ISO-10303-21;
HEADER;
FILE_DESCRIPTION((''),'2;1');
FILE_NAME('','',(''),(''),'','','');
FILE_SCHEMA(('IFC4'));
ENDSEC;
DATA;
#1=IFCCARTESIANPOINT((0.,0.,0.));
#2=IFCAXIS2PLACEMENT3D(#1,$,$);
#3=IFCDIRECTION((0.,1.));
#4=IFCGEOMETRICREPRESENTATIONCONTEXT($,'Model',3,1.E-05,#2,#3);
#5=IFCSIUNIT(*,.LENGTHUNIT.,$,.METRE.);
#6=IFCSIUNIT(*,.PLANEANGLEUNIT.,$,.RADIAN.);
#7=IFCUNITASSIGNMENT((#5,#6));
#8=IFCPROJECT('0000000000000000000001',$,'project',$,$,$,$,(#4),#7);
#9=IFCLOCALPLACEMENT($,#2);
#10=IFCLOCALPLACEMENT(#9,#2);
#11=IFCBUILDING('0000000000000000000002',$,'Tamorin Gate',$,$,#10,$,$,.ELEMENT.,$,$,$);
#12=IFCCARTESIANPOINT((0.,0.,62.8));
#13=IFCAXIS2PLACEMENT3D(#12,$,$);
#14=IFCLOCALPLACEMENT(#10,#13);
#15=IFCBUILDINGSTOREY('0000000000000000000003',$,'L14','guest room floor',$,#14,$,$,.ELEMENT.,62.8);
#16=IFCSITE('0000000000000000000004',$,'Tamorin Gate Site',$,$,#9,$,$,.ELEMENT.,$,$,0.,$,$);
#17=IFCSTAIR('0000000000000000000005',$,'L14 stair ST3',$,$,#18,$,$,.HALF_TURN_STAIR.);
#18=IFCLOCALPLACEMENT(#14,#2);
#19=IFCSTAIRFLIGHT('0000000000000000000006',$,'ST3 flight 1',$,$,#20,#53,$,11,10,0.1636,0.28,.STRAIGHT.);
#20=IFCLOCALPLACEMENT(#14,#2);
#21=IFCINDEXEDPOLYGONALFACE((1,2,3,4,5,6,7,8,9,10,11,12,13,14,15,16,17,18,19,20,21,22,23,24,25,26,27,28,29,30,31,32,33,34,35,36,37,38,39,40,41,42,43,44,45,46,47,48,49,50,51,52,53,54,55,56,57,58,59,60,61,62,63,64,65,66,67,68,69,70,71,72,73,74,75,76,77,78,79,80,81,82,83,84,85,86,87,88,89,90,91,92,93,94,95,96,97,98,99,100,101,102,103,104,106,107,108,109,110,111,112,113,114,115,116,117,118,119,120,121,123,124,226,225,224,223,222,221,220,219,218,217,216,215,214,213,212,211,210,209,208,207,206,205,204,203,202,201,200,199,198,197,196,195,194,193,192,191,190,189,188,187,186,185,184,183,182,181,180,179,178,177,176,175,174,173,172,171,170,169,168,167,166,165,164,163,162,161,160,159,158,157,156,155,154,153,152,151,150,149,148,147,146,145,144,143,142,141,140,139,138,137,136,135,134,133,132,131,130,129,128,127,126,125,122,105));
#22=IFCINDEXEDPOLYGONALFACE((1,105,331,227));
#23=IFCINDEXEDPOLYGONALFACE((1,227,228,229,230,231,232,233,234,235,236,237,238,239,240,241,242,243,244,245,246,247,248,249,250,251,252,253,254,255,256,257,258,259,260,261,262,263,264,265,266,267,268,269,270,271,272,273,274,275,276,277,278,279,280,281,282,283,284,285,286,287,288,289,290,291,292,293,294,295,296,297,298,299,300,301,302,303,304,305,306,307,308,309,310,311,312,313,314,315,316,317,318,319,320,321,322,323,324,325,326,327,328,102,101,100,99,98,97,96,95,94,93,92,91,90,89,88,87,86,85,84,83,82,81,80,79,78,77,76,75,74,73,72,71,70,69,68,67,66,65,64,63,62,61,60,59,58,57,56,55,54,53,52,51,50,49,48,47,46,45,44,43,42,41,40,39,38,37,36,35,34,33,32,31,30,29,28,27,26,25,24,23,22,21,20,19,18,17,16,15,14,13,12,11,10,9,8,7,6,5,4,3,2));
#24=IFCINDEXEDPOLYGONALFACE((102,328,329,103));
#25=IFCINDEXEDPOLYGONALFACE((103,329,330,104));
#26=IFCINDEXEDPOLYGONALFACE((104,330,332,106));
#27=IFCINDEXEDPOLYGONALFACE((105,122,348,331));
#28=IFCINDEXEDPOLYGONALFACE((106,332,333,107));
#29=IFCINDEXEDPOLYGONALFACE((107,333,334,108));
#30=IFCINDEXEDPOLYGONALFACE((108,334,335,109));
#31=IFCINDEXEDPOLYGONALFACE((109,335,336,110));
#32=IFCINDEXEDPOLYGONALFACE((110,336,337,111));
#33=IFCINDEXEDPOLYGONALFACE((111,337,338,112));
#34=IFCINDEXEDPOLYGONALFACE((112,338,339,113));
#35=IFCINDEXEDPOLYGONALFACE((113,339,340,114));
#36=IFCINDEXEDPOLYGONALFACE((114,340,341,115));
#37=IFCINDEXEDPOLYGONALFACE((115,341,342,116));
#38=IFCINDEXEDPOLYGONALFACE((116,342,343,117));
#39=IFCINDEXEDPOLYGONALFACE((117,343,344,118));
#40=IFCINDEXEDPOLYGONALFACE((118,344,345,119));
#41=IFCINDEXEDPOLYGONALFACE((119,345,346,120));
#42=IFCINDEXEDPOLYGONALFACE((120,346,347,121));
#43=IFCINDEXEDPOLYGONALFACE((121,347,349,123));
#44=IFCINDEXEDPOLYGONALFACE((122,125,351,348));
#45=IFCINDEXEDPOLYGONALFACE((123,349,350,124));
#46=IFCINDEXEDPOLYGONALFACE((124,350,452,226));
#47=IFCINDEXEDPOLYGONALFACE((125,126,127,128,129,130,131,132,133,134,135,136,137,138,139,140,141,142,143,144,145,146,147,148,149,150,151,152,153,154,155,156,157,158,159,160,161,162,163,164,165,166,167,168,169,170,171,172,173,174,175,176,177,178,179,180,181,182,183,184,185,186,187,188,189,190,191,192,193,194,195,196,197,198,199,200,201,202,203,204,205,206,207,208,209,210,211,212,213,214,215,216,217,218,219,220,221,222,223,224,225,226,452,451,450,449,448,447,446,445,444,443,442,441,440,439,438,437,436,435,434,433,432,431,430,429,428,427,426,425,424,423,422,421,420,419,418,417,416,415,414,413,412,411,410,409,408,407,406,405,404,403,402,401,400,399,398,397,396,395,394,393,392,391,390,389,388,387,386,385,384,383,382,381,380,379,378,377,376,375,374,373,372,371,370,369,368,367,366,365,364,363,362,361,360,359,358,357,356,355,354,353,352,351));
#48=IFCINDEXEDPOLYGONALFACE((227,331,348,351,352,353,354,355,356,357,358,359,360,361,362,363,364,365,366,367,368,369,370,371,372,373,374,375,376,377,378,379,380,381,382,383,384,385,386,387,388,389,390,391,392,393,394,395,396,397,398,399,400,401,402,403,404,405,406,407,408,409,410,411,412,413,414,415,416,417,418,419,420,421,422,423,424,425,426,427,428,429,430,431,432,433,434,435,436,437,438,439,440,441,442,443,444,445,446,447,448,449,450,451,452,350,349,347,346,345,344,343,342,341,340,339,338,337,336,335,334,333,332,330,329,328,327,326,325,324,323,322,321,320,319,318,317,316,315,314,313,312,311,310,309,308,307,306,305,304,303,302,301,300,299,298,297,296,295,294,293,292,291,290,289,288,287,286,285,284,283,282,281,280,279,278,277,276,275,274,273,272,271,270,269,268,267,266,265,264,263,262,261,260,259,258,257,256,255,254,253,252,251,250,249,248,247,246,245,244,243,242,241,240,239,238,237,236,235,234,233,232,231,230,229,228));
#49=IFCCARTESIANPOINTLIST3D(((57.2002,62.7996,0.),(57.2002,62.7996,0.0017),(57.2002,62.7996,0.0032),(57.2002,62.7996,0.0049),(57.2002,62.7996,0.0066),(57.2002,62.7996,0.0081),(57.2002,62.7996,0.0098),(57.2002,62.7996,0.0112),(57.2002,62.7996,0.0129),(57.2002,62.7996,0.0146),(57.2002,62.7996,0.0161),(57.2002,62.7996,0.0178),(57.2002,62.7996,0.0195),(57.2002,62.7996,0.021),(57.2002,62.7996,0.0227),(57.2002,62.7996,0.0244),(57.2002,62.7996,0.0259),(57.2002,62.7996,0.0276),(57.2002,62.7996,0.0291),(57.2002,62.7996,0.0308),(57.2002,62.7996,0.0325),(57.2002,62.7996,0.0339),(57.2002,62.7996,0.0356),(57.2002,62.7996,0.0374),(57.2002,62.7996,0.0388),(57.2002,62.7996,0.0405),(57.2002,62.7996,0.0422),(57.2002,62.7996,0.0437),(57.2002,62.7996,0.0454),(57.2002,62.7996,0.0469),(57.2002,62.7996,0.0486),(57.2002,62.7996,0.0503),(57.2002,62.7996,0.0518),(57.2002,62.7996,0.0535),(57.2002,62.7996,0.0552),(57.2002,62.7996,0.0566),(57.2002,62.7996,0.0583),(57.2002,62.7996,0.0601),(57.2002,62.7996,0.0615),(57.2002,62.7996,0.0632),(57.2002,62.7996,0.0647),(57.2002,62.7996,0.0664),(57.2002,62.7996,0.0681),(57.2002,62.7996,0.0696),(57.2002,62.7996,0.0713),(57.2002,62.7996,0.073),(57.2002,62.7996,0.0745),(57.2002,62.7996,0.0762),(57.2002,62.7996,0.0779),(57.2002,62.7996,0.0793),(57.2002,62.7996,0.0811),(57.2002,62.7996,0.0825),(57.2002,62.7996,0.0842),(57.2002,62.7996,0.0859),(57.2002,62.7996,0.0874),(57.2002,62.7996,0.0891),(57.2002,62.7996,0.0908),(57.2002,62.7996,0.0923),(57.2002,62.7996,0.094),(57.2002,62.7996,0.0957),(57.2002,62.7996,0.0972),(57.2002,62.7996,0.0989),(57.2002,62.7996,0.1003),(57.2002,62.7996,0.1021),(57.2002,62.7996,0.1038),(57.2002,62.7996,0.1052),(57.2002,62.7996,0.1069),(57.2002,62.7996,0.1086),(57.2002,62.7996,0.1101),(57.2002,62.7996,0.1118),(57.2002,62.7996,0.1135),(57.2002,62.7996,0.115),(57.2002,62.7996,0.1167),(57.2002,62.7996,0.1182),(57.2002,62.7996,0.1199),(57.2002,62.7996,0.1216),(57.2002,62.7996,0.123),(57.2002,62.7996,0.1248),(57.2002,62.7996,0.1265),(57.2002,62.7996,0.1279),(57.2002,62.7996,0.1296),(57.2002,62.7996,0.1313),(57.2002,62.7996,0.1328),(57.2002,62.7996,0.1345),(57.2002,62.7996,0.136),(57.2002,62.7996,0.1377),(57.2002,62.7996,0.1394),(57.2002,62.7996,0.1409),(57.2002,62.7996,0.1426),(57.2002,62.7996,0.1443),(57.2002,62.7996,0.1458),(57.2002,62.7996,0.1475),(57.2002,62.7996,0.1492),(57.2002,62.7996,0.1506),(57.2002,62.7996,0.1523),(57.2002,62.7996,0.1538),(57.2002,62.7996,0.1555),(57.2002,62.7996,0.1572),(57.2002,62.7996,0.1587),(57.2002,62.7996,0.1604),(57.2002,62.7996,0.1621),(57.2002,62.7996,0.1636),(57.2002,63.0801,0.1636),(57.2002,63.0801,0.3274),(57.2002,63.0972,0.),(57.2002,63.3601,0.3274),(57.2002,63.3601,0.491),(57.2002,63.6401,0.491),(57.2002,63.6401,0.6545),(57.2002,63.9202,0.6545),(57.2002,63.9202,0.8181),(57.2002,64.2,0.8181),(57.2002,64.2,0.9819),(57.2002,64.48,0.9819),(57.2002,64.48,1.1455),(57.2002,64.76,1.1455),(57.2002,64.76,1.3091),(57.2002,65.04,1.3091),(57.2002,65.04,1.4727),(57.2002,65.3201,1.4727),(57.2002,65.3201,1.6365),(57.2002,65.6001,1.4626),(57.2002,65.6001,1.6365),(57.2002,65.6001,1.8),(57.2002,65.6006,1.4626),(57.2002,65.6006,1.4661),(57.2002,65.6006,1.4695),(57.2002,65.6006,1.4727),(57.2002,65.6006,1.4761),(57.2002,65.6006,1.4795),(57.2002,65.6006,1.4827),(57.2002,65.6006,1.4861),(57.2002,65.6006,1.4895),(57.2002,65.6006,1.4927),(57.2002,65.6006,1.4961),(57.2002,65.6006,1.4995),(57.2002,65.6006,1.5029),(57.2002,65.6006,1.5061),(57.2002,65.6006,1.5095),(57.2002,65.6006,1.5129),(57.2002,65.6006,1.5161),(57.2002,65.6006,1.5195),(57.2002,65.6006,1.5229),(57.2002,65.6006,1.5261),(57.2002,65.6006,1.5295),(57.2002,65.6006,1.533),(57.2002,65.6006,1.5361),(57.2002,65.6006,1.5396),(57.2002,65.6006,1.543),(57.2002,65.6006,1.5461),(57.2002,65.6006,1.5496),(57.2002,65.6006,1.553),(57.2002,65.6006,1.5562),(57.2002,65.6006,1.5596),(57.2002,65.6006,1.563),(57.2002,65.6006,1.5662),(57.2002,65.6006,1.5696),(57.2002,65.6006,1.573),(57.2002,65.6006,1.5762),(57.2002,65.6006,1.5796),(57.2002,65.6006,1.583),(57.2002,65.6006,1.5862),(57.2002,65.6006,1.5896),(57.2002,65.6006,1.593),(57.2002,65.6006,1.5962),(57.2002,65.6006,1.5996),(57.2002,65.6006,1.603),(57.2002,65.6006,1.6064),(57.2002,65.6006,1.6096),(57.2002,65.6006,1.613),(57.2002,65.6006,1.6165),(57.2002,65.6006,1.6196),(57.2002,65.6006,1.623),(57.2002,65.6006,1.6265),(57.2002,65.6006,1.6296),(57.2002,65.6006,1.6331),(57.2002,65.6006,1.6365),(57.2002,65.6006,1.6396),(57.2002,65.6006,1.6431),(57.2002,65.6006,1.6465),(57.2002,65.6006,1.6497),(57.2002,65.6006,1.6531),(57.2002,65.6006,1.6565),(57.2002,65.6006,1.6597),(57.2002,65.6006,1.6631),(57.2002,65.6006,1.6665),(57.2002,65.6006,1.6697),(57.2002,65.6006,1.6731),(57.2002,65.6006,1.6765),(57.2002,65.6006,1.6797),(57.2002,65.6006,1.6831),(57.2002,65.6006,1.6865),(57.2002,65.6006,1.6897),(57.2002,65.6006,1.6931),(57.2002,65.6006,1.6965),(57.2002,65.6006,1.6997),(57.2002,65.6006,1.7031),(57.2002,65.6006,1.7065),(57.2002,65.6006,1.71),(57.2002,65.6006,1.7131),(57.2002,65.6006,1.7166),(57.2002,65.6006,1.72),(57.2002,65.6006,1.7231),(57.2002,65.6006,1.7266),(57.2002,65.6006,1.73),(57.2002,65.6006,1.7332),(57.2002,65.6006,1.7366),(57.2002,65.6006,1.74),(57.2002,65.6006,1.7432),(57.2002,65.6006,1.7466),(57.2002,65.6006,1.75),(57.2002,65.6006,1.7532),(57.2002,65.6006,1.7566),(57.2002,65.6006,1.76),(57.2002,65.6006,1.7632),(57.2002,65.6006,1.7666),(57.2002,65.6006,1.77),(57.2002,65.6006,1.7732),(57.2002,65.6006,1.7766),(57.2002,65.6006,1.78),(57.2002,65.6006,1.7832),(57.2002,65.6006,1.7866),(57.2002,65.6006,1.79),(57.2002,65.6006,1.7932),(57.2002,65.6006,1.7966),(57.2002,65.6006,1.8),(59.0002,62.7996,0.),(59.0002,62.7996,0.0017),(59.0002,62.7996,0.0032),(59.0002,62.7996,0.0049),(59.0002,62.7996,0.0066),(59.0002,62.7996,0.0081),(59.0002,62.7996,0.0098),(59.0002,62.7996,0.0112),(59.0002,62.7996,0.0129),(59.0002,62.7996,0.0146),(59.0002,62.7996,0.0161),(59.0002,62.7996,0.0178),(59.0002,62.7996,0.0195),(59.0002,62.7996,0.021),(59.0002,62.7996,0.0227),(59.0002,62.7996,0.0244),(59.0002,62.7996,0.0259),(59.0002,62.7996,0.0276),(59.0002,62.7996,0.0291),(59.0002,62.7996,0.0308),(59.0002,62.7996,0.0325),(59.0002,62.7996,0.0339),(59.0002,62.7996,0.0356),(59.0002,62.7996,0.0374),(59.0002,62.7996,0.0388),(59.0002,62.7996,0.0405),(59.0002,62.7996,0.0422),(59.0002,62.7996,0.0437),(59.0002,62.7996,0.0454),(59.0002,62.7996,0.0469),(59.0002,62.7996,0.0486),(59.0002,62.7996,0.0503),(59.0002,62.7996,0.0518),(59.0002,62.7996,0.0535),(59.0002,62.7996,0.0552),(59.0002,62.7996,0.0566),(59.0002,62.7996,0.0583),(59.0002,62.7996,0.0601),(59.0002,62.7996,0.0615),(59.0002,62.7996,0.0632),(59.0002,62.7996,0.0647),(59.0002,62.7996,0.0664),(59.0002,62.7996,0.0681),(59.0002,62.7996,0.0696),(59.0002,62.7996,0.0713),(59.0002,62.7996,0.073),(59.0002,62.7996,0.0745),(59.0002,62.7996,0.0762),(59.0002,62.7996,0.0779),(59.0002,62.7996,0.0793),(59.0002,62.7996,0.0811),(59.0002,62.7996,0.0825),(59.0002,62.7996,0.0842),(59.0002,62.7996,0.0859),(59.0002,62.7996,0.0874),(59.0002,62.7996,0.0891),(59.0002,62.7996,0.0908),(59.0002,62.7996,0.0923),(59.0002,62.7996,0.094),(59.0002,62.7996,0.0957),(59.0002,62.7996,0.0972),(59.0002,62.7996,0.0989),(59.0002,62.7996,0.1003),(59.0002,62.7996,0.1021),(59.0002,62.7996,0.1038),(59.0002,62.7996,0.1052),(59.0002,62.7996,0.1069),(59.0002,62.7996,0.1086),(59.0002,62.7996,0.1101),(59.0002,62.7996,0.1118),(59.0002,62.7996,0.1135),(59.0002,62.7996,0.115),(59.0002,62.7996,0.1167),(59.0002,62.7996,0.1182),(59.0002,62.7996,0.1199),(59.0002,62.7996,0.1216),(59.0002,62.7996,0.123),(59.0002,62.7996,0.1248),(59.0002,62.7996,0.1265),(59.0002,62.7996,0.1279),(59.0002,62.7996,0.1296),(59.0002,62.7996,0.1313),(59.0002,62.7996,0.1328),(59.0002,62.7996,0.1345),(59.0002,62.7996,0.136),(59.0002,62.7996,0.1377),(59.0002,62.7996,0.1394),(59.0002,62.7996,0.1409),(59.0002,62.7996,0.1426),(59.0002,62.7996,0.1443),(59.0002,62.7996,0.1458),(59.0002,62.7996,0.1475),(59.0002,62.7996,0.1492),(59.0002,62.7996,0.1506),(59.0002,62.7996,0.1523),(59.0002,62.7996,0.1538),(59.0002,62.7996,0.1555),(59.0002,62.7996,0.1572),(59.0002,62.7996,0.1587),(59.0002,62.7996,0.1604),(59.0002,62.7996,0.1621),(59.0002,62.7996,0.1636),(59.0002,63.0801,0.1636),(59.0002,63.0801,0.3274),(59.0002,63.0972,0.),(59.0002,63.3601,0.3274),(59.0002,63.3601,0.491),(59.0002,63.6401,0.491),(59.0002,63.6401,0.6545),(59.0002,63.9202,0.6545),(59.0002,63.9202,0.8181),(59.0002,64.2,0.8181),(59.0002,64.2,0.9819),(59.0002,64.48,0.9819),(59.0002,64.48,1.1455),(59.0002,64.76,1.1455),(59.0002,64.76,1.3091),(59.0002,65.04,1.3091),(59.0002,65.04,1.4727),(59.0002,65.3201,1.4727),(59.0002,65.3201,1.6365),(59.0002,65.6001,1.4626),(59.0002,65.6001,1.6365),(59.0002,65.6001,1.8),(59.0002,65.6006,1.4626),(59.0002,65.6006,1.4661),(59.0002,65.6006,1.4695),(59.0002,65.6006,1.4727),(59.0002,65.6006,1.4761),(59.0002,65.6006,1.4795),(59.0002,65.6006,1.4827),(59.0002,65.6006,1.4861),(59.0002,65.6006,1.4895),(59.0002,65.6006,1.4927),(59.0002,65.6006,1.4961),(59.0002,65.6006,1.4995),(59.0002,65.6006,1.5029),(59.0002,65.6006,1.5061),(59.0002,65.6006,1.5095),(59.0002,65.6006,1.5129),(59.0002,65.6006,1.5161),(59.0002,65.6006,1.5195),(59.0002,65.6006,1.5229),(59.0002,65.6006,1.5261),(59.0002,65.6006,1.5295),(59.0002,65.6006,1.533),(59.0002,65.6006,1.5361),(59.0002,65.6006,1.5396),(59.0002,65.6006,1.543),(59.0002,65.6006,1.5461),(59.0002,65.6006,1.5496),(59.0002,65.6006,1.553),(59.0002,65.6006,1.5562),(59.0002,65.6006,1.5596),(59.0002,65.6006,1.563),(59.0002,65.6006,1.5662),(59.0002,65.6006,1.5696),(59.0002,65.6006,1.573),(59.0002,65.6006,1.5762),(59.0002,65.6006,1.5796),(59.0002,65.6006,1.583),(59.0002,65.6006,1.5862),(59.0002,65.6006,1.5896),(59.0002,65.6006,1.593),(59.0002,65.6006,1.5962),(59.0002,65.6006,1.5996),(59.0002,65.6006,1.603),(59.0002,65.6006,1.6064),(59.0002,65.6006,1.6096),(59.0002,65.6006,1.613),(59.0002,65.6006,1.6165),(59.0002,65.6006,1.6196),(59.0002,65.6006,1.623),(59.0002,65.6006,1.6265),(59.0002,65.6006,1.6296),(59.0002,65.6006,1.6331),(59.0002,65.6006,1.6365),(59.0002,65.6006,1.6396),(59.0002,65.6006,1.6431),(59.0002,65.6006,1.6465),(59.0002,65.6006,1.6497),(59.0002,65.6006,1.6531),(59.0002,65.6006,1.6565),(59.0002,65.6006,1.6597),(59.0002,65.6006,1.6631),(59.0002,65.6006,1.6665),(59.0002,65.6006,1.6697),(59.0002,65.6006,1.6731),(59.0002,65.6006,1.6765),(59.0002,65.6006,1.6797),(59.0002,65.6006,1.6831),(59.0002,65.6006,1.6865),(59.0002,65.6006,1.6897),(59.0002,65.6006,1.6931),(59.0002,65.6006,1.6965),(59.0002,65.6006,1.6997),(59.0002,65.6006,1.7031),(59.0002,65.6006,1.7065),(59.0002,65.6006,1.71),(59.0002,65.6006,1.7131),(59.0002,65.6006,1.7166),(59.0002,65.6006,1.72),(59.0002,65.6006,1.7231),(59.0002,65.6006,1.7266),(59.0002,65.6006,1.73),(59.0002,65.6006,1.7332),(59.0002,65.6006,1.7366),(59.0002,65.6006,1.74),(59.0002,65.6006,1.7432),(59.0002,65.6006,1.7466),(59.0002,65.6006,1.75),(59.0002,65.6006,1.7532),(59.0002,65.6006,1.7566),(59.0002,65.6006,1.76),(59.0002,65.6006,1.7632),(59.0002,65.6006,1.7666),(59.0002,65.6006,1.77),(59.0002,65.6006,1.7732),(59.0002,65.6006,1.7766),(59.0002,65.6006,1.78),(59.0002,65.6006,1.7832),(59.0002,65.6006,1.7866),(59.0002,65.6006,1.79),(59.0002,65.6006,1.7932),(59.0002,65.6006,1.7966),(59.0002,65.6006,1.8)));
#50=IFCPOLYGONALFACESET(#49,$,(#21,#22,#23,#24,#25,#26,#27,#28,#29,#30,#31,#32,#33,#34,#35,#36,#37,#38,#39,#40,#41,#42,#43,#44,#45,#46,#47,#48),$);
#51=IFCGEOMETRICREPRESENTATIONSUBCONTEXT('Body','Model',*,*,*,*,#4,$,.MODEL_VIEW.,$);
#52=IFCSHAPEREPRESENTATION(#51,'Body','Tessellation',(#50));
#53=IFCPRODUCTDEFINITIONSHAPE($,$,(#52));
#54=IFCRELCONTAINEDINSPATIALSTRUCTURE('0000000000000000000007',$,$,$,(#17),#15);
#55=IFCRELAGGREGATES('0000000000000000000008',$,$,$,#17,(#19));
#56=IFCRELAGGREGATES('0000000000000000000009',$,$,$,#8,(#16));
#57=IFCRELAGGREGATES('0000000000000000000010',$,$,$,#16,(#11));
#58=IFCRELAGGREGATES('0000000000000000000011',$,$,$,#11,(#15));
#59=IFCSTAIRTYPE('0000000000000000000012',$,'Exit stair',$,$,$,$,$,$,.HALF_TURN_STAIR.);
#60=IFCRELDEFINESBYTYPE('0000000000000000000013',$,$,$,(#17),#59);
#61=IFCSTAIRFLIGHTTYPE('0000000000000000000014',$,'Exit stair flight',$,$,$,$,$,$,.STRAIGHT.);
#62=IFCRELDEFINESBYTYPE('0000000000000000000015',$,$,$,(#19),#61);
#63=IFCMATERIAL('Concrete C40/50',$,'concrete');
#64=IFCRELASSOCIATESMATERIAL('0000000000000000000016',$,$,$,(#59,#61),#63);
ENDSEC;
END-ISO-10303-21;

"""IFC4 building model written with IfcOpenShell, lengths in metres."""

from ifc_helpers import new_model, si_unit, direction, frame, origin, place, context, subcontext, project, spatial, polyline, outline, extrude, material, type_object, element, aggregate, save


model = new_model("IFC4")

# Units and contexts
model_context = context("Model", 3, precision=1e-05, world=origin(), true_north=direction((0.0, 1.0)))
body_context = subcontext(model_context, "Body", "Model", "MODEL_VIEW")
ifc_project = project(units=[si_unit("LENGTHUNIT", "METRE"), si_unit("PLANEANGLEUNIT", "RADIAN")], contexts=[model_context])

# Site, building, storey
site_placement = place(None, origin())
site = spatial("IfcSite", under=ifc_project, at=site_placement, Name="Tamorin Gate Site", CompositionType="ELEMENT", RefElevation=0.0)
building_placement = place(site_placement, origin())
building = spatial("IfcBuilding", under=site, at=building_placement, Name="Tamorin Gate", CompositionType="ELEMENT")
storey_placement = place(building_placement, frame((0.0, 0.0, 62.8)))
storey = spatial("IfcBuildingStorey", under=building, at=storey_placement, Name="L14", Description="guest room floor", CompositionType="ELEMENT", Elevation=62.8)

# Shared definitions
ifc_material_1 = material(Name="Concrete C40/50", Category="concrete")

# Stair, stair flight
stair_type = type_object("IfcStairType", Name="Exit stair", PredefinedType="HALF_TURN_STAIR", material=ifc_material_1)
stair_placement = place(storey_placement, origin())
stair = element("IfcStair", 1, at=stair_placement, inside=storey, type_object=stair_type, Name="L14 stair ST3", PredefinedType="HALF_TURN_STAIR")
stair_flight_type = type_object("IfcStairFlightType", Name="Exit stair flight", PredefinedType="STRAIGHT", material=ifc_material_1)
stair_flight_1_placement = place(storey_placement, frame((58.1001, 62.8, 0.0), z_axis=(0.0, 0.0, 1.0), x_axis=(0.0, 1.0, 0.0)))
stair_flight_1 = element("IfcStairFlight", 2, at=stair_flight_1_placement, type_object=stair_flight_type, Name="ST3 flight 1", NumberOfRisers=11, NumberOfTreads=10, PredefinedType="STRAIGHT", RiserHeight=0.1636, TreadLength=0.28, context=body_context, shape_type="SweptSolid", body=[
    extrude(outline(polyline([(-0.0005, 0.0), (-0.0005, 0.0017), (-0.0005, 0.0032), (-0.0005, 0.0049), (-0.0005, 0.0066), (-0.0005, 0.0081), (-0.0005, 0.0098), (-0.0005, 0.0112), (-0.0005, 0.0129), (-0.0005, 0.0146), (-0.0005, 0.0161), (-0.0005, 0.0178), (-0.0005, 0.0195), (-0.0005, 0.021), (-0.0005, 0.0227), (-0.0005, 0.0244), (-0.0005, 0.0259), (-0.0005, 0.0276), (-0.0005, 0.0291), (-0.0005, 0.0308), (-0.0005, 0.0325), (-0.0005, 0.0339), (-0.0005, 0.0356), (-0.0005, 0.0374), (-0.0005, 0.0388), (-0.0005, 0.0405), (-0.0005, 0.0422), (-0.0005, 0.0437), (-0.0005, 0.0454), (-0.0005, 0.0469), (-0.0005, 0.0486), (-0.0005, 0.0503), (-0.0005, 0.0518), (-0.0005, 0.0535), (-0.0005, 0.0552), (-0.0005, 0.0566), (-0.0005, 0.0583), (-0.0005, 0.0601), (-0.0005, 0.0615), (-0.0005, 0.0632), (-0.0005, 0.0647), (-0.0005, 0.0664), (-0.0005, 0.0681), (-0.0005, 0.0696), (-0.0005, 0.0713), (-0.0005, 0.073), (-0.0005, 0.0745), (-0.0005, 0.0762), (-0.0005, 0.0779), (-0.0005, 0.0793), (-0.0005, 0.0811), (-0.0005, 0.0825), (-0.0005, 0.0842), (-0.0005, 0.0859), (-0.0005, 0.0874), (-0.0005, 0.0891), (-0.0005, 0.0908), (-0.0005, 0.0923), (-0.0005, 0.094), (-0.0005, 0.0957), (-0.0005, 0.0972), (-0.0005, 0.0989), (-0.0005, 0.1003), (-0.0005, 0.1021), (-0.0005, 0.1038), (-0.0005, 0.1052), (-0.0005, 0.1069), (-0.0005, 0.1086), (-0.0005, 0.1101), (-0.0005, 0.1118), (-0.0005, 0.1135), (-0.0005, 0.115), (-0.0005, 0.1167), (-0.0005, 0.1182), (-0.0005, 0.1199), (-0.0005, 0.1216), (-0.0005, 0.123), (-0.0005, 0.1248), (-0.0005, 0.1265), (-0.0005, 0.1279), (-0.0005, 0.1296), (-0.0005, 0.1313), (-0.0005, 0.1328), (-0.0005, 0.1345), (-0.0005, 0.136), (-0.0005, 0.1377), (-0.0005, 0.1394), (-0.0005, 0.1409), (-0.0005, 0.1426), (-0.0005, 0.1443), (-0.0005, 0.1458), (-0.0005, 0.1475), (-0.0005, 0.1492), (-0.0005, 0.1506), (-0.0005, 0.1523), (-0.0005, 0.1538), (-0.0005, 0.1555), (-0.0005, 0.1572), (-0.0005, 0.1587), (-0.0005, 0.1604), (-0.0005, 0.1621), (-0.0005, 0.1636), (0.28, 0.1636), (0.28, 0.3274), (0.5601, 0.3274), (0.5601, 0.491), (0.8401, 0.491), (0.8401, 0.6545), (1.1201, 0.6545), (1.1201, 0.8181), (1.3999, 0.8181), (1.3999, 0.9819), (1.6799, 0.9819), (1.6799, 1.1455), (1.96, 1.1455), (1.96, 1.3091), (2.24, 1.3091), (2.24, 1.4727), (2.52, 1.4727), (2.52, 1.6365), (2.8, 1.6365), (2.8, 1.8), (2.8005, 1.8), (2.8005, 1.7966), (2.8005, 1.7932), (2.8005, 1.79), (2.8005, 1.7866), (2.8005, 1.7832), (2.8005, 1.78), (2.8005, 1.7766), (2.8005, 1.7732), (2.8005, 1.77), (2.8005, 1.7666), (2.8005, 1.7632), (2.8005, 1.76), (2.8005, 1.7566), (2.8005, 1.7532), (2.8005, 1.75), (2.8005, 1.7466), (2.8005, 1.7432), (2.8005, 1.74), (2.8005, 1.7366), (2.8005, 1.7332), (2.8005, 1.73), (2.8005, 1.7266), (2.8005, 1.7231), (2.8005, 1.72), (2.8005, 1.7166), (2.8005, 1.7131), (2.8005, 1.71), (2.8005, 1.7065), (2.8005, 1.7031), (2.8005, 1.6997), (2.8005, 1.6965), (2.8005, 1.6931), (2.8005, 1.6897), (2.8005, 1.6865), (2.8005, 1.6831), (2.8005, 1.6797), (2.8005, 1.6765), (2.8005, 1.6731), (2.8005, 1.6697), (2.8005, 1.6665), (2.8005, 1.6631), (2.8005, 1.6597), (2.8005, 1.6565), (2.8005, 1.6531), (2.8005, 1.6497), (2.8005, 1.6465), (2.8005, 1.6431), (2.8005, 1.6396), (2.8005, 1.6365), (2.8005, 1.6331), (2.8005, 1.6296), (2.8005, 1.6265), (2.8005, 1.623), (2.8005, 1.6196), (2.8005, 1.6165), (2.8005, 1.613), (2.8005, 1.6096), (2.8005, 1.6064), (2.8005, 1.603), (2.8005, 1.5996), (2.8005, 1.5962), (2.8005, 1.593), (2.8005, 1.5896), (2.8005, 1.5862), (2.8005, 1.583), (2.8005, 1.5796), (2.8005, 1.5762), (2.8005, 1.573), (2.8005, 1.5696), (2.8005, 1.5662), (2.8005, 1.563), (2.8005, 1.5596), (2.8005, 1.5562), (2.8005, 1.553), (2.8005, 1.5496), (2.8005, 1.5461), (2.8005, 1.543), (2.8005, 1.5396), (2.8005, 1.5361), (2.8005, 1.533), (2.8005, 1.5295), (2.8005, 1.5261), (2.8005, 1.5229), (2.8005, 1.5195), (2.8005, 1.5161), (2.8005, 1.5129), (2.8005, 1.5095), (2.8005, 1.5061), (2.8005, 1.5029), (2.8005, 1.4995), (2.8005, 1.4961), (2.8005, 1.4927), (2.8005, 1.4895), (2.8005, 1.4861), (2.8005, 1.4827), (2.8005, 1.4795), (2.8005, 1.4761), (2.8005, 1.4727), (2.8005, 1.4695), (2.8005, 1.4661), (2.8005, 1.4626), (2.8, 1.4626), (0.2971, 0.0), (-0.0005, 0.0)])), frame((0.0, 0.8999, 0.0), z_axis=(0.0, -1.0, 0.0), x_axis=(1.0, 0.0, 0.0)), (0.0, 0.0, 1.0), 1.8),
])
aggregate(stair, [stair_flight_1])

save(model, "model.ifc")
